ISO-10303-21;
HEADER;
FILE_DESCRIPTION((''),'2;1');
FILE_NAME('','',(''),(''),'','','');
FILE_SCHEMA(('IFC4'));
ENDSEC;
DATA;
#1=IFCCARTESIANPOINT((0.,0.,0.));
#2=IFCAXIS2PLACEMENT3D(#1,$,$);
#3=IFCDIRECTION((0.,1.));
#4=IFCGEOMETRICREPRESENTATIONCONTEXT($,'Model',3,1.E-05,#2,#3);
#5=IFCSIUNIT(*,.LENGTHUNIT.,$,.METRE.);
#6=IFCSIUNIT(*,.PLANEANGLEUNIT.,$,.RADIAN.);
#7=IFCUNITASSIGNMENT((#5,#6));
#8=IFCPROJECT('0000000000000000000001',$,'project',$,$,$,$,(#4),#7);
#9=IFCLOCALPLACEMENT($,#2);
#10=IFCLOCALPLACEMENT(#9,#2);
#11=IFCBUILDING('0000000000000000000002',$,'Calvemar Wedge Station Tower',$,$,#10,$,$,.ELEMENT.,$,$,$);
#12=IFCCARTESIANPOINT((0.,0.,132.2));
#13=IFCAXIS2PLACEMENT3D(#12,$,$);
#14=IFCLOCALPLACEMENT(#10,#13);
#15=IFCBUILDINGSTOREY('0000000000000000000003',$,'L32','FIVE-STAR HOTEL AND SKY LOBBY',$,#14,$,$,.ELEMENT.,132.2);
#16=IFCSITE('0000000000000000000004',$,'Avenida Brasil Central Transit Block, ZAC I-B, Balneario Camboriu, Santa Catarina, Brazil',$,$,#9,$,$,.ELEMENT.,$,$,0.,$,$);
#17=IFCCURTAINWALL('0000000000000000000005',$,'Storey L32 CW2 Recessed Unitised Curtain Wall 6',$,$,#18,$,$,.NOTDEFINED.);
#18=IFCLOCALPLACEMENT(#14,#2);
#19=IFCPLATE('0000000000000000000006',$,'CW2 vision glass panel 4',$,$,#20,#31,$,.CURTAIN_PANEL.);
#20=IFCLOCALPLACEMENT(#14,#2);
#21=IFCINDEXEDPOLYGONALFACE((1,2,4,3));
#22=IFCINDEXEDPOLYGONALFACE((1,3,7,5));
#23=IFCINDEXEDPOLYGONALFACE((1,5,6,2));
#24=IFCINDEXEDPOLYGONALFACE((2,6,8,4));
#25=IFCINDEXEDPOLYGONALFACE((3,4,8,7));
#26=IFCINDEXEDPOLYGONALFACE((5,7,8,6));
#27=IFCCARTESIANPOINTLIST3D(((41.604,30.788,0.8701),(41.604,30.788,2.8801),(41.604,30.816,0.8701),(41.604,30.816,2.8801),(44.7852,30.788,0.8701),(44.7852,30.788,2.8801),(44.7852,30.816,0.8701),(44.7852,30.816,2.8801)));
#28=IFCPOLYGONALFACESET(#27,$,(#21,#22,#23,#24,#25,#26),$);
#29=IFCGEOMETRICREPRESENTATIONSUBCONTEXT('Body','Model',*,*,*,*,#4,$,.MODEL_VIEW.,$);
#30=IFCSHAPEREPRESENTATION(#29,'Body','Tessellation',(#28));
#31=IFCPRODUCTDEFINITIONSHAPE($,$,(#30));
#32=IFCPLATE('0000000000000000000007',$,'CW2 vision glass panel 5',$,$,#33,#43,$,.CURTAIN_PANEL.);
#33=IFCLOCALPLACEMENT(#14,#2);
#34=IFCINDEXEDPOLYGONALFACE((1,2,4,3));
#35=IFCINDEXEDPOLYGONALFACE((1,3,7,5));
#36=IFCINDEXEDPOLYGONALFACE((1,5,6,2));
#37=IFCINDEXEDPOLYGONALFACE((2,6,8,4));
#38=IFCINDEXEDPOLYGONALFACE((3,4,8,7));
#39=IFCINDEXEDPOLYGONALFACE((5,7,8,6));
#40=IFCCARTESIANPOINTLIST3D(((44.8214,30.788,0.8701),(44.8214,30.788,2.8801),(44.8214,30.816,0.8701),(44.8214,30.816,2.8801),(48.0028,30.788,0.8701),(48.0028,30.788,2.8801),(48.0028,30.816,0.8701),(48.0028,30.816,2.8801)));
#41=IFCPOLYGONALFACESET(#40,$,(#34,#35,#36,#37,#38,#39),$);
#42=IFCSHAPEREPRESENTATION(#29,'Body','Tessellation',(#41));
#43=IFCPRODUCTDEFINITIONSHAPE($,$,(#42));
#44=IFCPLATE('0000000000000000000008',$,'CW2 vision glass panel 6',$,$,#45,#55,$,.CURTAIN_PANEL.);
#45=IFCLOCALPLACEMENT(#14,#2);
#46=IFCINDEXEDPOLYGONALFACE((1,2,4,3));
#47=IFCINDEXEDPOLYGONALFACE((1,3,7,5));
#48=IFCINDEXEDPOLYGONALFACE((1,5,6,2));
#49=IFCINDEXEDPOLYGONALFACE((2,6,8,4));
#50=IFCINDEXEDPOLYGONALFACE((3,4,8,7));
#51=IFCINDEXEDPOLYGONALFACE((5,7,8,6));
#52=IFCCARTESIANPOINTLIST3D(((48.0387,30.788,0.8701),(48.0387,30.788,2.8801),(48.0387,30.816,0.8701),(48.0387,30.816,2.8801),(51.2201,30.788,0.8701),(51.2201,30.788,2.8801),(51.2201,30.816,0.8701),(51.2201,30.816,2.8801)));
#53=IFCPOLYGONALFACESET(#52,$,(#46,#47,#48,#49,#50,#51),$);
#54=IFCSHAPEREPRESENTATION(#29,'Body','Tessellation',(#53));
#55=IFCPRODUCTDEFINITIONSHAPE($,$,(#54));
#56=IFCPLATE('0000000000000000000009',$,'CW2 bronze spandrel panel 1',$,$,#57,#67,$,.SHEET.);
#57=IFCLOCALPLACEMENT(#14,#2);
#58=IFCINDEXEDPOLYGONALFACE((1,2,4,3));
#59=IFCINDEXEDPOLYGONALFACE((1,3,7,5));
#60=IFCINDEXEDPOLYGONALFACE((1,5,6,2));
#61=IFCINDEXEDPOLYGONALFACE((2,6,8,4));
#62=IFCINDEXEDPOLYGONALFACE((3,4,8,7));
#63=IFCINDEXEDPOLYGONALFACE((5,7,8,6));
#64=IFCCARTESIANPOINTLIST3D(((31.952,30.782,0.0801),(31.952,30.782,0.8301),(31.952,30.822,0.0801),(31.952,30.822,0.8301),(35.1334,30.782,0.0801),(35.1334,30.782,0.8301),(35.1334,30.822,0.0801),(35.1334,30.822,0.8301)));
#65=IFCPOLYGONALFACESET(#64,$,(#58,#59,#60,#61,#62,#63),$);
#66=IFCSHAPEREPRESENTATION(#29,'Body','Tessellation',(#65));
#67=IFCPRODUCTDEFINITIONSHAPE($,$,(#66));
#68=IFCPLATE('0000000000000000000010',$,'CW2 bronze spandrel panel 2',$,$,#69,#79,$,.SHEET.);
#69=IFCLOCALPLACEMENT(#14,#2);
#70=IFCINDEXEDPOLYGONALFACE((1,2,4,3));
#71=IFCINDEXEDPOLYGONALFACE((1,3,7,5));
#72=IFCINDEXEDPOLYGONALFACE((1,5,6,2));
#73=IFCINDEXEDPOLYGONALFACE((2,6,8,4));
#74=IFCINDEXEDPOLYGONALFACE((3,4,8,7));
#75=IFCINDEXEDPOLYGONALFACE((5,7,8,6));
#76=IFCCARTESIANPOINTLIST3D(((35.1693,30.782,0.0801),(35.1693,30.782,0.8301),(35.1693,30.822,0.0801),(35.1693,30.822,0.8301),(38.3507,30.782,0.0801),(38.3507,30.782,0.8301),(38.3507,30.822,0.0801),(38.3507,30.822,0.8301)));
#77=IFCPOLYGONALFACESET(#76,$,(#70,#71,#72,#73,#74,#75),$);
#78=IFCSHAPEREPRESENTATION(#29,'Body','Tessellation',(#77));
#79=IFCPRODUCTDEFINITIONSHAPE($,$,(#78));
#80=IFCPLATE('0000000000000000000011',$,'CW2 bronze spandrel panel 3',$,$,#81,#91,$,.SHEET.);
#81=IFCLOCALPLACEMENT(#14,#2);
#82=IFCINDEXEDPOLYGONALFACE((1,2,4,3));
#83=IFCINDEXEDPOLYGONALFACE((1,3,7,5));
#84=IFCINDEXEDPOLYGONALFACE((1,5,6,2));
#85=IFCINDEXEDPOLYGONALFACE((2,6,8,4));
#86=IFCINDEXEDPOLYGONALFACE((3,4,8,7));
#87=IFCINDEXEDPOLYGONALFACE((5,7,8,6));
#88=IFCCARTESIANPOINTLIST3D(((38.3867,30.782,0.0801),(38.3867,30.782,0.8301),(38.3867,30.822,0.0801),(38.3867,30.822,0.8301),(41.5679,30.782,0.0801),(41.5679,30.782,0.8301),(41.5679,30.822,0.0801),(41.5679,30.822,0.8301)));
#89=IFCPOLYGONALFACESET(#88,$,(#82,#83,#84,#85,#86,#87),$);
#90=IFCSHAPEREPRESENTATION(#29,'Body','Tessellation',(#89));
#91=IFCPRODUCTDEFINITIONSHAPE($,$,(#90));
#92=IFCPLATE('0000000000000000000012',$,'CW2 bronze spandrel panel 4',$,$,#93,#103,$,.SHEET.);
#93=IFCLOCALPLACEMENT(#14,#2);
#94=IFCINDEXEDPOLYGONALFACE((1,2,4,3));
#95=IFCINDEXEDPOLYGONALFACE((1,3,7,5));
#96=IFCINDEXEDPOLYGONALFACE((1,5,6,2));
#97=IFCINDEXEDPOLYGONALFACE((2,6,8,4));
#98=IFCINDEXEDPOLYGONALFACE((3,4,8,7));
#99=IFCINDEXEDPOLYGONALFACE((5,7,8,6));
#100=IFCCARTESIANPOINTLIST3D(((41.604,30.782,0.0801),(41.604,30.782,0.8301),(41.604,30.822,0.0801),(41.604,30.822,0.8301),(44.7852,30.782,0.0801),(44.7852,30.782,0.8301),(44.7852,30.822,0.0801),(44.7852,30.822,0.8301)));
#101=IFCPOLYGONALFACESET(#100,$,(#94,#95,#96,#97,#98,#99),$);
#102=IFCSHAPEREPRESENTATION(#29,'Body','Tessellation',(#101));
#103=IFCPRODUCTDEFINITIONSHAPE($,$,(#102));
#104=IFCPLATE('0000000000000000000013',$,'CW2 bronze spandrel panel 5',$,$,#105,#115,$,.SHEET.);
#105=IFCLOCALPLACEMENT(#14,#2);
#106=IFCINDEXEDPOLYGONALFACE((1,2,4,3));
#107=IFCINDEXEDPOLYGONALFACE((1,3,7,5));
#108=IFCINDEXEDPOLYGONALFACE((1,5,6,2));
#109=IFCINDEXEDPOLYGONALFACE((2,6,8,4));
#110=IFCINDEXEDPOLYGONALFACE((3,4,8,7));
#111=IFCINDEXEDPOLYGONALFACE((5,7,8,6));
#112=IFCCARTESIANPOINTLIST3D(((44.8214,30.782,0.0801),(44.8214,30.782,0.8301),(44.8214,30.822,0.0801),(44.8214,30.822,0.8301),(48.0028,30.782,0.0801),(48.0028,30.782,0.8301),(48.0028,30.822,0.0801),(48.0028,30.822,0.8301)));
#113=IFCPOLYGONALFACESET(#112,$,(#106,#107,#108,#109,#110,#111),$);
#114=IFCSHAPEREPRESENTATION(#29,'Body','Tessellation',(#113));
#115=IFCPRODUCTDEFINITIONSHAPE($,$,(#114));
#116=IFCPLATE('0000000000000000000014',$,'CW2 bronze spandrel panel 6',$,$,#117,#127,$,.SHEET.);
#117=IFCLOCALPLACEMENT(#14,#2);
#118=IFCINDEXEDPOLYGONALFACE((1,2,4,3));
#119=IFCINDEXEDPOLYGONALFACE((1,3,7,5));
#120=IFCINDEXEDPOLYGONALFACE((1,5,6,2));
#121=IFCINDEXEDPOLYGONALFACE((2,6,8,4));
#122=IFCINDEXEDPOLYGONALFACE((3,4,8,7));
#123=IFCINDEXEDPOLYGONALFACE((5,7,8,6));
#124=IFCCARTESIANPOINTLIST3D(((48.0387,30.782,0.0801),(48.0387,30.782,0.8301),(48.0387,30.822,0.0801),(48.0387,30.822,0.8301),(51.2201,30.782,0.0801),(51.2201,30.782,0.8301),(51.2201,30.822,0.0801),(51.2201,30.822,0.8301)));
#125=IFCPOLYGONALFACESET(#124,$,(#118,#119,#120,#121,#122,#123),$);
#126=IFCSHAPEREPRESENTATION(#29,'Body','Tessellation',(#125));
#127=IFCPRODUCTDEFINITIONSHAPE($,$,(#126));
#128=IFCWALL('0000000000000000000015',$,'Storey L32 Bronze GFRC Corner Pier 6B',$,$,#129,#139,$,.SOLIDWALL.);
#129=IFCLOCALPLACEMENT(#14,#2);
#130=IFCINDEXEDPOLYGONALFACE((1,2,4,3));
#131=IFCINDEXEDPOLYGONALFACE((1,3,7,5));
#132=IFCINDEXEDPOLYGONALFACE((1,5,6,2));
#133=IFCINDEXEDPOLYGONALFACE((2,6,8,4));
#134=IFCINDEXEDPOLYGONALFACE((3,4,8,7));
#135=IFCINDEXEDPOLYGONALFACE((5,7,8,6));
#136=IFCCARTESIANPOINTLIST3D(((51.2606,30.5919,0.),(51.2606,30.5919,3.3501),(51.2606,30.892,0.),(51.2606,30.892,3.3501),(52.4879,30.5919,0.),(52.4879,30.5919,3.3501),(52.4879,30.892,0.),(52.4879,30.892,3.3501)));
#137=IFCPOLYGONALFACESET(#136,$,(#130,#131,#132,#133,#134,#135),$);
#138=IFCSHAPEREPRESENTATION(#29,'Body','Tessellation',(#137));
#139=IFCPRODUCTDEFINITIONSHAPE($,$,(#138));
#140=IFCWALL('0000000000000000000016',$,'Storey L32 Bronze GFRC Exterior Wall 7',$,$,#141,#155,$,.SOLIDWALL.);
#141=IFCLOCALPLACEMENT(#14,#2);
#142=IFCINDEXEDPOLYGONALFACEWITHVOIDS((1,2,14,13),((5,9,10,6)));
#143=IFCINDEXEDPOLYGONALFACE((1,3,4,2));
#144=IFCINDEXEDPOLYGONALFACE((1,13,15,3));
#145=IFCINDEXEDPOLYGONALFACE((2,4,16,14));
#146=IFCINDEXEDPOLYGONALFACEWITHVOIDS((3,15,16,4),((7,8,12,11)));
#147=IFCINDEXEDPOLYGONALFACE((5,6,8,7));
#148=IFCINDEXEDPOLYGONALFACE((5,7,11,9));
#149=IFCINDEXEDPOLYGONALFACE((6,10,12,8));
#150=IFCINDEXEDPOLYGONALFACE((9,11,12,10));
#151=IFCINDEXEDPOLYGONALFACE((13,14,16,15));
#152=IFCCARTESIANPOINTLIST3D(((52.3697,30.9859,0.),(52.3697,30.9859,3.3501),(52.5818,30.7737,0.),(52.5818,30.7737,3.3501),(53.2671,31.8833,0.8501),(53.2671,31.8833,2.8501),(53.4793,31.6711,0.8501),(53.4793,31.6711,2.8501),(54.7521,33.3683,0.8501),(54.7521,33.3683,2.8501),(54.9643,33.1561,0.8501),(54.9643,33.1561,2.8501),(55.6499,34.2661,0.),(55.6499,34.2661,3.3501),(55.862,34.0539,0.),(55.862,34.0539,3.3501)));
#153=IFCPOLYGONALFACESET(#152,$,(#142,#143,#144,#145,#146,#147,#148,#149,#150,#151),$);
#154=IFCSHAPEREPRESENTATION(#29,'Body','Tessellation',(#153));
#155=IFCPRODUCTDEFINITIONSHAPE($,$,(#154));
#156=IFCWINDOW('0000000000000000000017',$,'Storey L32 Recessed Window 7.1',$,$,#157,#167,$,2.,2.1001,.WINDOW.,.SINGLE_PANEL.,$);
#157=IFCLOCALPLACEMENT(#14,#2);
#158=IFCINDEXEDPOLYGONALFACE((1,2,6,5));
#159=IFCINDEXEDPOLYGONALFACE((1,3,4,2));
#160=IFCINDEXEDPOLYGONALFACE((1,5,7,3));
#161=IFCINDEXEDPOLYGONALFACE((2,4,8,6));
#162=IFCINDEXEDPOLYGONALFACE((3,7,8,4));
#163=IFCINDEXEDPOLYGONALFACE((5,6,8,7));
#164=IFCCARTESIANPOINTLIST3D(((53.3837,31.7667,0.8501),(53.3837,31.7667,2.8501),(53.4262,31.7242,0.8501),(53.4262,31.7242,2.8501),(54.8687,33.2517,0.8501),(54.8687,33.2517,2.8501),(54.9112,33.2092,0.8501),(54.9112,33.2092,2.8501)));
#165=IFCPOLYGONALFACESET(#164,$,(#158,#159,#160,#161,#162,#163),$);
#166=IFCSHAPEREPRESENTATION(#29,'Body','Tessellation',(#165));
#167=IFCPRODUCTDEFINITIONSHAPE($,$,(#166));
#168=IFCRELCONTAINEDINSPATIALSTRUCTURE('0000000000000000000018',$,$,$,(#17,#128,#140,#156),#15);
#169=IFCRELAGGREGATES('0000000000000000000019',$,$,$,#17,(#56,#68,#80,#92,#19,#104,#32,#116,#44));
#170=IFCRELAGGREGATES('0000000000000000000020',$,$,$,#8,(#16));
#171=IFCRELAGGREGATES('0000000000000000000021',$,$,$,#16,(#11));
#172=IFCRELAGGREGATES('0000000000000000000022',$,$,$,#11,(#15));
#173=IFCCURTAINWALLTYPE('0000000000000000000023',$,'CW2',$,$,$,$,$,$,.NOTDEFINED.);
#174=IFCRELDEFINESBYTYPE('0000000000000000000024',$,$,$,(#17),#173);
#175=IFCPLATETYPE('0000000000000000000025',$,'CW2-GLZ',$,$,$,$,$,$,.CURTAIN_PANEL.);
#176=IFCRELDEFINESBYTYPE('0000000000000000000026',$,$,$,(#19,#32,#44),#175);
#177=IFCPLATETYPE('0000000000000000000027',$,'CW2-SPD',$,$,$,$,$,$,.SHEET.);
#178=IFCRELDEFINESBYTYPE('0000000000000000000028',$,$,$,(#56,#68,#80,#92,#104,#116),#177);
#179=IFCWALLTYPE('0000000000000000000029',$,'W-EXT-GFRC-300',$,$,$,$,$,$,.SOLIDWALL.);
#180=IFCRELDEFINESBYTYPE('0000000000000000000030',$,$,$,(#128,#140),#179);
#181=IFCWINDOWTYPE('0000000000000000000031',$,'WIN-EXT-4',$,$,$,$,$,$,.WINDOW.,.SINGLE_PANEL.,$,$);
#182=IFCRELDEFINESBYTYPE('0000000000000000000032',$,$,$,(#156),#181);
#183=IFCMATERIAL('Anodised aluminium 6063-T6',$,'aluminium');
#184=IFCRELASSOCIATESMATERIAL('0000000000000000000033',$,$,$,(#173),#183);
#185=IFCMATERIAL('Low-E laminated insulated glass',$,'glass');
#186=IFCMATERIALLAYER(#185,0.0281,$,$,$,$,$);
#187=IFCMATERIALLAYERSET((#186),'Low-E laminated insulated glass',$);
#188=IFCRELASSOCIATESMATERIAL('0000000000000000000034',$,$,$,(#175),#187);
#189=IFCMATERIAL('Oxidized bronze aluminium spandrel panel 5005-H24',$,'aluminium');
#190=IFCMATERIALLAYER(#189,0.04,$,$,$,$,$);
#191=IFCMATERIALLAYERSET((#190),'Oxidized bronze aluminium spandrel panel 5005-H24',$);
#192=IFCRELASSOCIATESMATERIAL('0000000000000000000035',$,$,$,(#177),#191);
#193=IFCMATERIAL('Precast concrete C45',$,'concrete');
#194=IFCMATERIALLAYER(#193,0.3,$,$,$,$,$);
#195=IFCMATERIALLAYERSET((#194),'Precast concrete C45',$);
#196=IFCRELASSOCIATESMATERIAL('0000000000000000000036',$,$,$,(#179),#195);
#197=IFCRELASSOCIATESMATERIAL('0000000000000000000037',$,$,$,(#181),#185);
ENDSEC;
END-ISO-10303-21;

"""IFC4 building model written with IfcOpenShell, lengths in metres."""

from ifc_helpers import new_model, si_unit, direction, frame, frame_2d, origin, place, context, subcontext, project, spatial, rectangle, extrude, source, transform, mapped, material, layer, layer_set, type_object, element, fill, aggregate, save


model = new_model("IFC4")

# Units and contexts
model_context = context("Model", 3, precision=1e-05, world=origin(), true_north=direction((0.0, 1.0)))
body_context = subcontext(model_context, "Body", "Model", "MODEL_VIEW")
ifc_project = project(units=[si_unit("LENGTHUNIT", "METRE"), si_unit("PLANEANGLEUNIT", "RADIAN")], contexts=[model_context])

# Site, building, storey
site_placement = place(None, origin())
site = spatial("IfcSite", under=ifc_project, at=site_placement, Name="Avenida Brasil Central Transit Block, ZAC I-B, Balneario Camboriu, Santa Catarina, Brazil", CompositionType="ELEMENT", RefElevation=0.0)
building_placement = place(site_placement, origin())
building = spatial("IfcBuilding", under=site, at=building_placement, Name="Calvemar Wedge Station Tower", CompositionType="ELEMENT")
storey_placement = place(building_placement, frame((0.0, 0.0, 132.2)))
storey = spatial("IfcBuildingStorey", under=building, at=storey_placement, Name="L32", Description="FIVE-STAR HOTEL AND SKY LOBBY", CompositionType="ELEMENT", Elevation=132.2)

# Curtain wall, plates
ifc_material_1 = material(Name="Anodised aluminium 6063-T6", Category="aluminium")
curtain_wall_type = type_object("IfcCurtainWallType", Name="CW2", PredefinedType="NOTDEFINED", material=ifc_material_1)
curtain_wall_placement = place(storey_placement, origin())
curtain_wall = element("IfcCurtainWall", 1, at=curtain_wall_placement, inside=storey, type_object=curtain_wall_type, Name="Storey L32 CW2 Recessed Unitised Curtain Wall 6", PredefinedType="NOTDEFINED")
ifc_material_2 = material(Name="Low-E laminated insulated glass", Category="glass")
ifc_layer_1 = layer(ifc_material_2, 0.0281)
ifc_layer_set_1 = layer_set([ifc_layer_1], Name="Low-E laminated insulated glass")
plate_type_1 = type_object("IfcPlateType", Name="CW2-GLZ", PredefinedType="CURTAIN_PANEL", material=ifc_layer_set_1)
plate_1_placement = place(storey_placement, frame((41.604, 30.802, 0.8701), z_axis=(0.0, 0.0, 1.0), x_axis=(1.0, 0.0, 0.0)))
plate_1 = element("IfcPlate", 2, at=plate_1_placement, type_object=plate_type_1, Name="CW2 vision glass panel 4", PredefinedType="CURTAIN_PANEL", context=body_context, shape_type="SweptSolid", body=[
    extrude(rectangle(XDim=3.1812, YDim=0.0281, at=frame_2d((1.5906, 0.0))), origin(), (0.0, 0.0, 1.0), 2.01),
])
plate_2_placement = place(storey_placement, frame((44.8213, 30.802, 0.8701), z_axis=(0.0, 0.0, 1.0), x_axis=(1.0, 0.0, 0.0)))
plate_2 = element("IfcPlate", 3, at=plate_2_placement, type_object=plate_type_1, Name="CW2 vision glass panel 5", PredefinedType="CURTAIN_PANEL", context=body_context, shape_type="SweptSolid", body=[
    extrude(rectangle(XDim=3.1814, YDim=0.0281, at=frame_2d((1.5908, 0.0))), origin(), (0.0, 0.0, 1.0), 2.01),
])
plate_3_placement = place(storey_placement, frame((48.0386, 30.802, 0.8701), z_axis=(0.0, 0.0, 1.0), x_axis=(1.0, 0.0, 0.0)))
plate_3 = element("IfcPlate", 4, at=plate_3_placement, type_object=plate_type_1, Name="CW2 vision glass panel 6", PredefinedType="CURTAIN_PANEL", context=body_context, shape_type="SweptSolid", body=[
    extrude(rectangle(XDim=3.1814, YDim=0.0281, at=frame_2d((1.5908, 0.0))), origin(), (0.0, 0.0, 1.0), 2.01),
])
ifc_material_3 = material(Name="Oxidized bronze aluminium spandrel panel 5005-H24", Category="aluminium")
ifc_layer_2 = layer(ifc_material_3, 0.04)
ifc_layer_set_2 = layer_set([ifc_layer_2], Name="Oxidized bronze aluminium spandrel panel 5005-H24")
plate_type_2 = type_object("IfcPlateType", Name="CW2-SPD", PredefinedType="SHEET", material=ifc_layer_set_2)
plate_4_placement = place(storey_placement, frame((31.9519, 30.802, 0.0801), z_axis=(0.0, 0.0, 1.0), x_axis=(1.0, 0.0, 0.0)))
plate_4 = element("IfcPlate", 5, at=plate_4_placement, type_object=plate_type_2, Name="CW2 bronze spandrel panel 1", PredefinedType="SHEET", context=body_context, shape_type="SweptSolid", body=[
    extrude(rectangle(XDim=3.1814, YDim=0.04, at=frame_2d((1.5908, 0.0))), origin(), (0.0, 0.0, 1.0), 0.75),
])
plate_5_placement = place(storey_placement, frame((35.1692, 30.802, 0.0801), z_axis=(0.0, 0.0, 1.0), x_axis=(1.0, 0.0, 0.0)))
plate_5 = element("IfcPlate", 6, at=plate_5_placement, type_object=plate_type_2, Name="CW2 bronze spandrel panel 2", PredefinedType="SHEET", context=body_context, shape_type="SweptSolid", body=[
    extrude(rectangle(XDim=3.1814, YDim=0.04, at=frame_2d((1.5908, 0.0))), origin(), (0.0, 0.0, 1.0), 0.75),
])
plate_6_placement = place(storey_placement, frame((38.3867, 30.802, 0.0801), z_axis=(0.0, 0.0, 1.0), x_axis=(1.0, 0.0, 0.0)))
plate_6 = element("IfcPlate", 7, at=plate_6_placement, type_object=plate_type_2, Name="CW2 bronze spandrel panel 3", PredefinedType="SHEET", context=body_context, shape_type="SweptSolid", body=[
    extrude(rectangle(XDim=3.1812, YDim=0.04, at=frame_2d((1.5906, 0.0))), origin(), (0.0, 0.0, 1.0), 0.75),
])
plate_7_placement = place(storey_placement, frame((41.604, 30.802, 0.0801), z_axis=(0.0, 0.0, 1.0), x_axis=(1.0, 0.0, 0.0)))
plate_7 = element("IfcPlate", 8, at=plate_7_placement, type_object=plate_type_2, Name="CW2 bronze spandrel panel 4", PredefinedType="SHEET", context=body_context, shape_type="SweptSolid", body=[
    extrude(rectangle(XDim=3.1812, YDim=0.04, at=frame_2d((1.5906, 0.0))), origin(), (0.0, 0.0, 1.0), 0.75),
])
plate_8_placement = place(storey_placement, frame((44.8213, 30.802, 0.0801), z_axis=(0.0, 0.0, 1.0), x_axis=(1.0, 0.0, 0.0)))
plate_8 = element("IfcPlate", 9, at=plate_8_placement, type_object=plate_type_2, Name="CW2 bronze spandrel panel 5", PredefinedType="SHEET", context=body_context, shape_type="SweptSolid", body=[
    extrude(rectangle(XDim=3.1814, YDim=0.04, at=frame_2d((1.5908, 0.0))), origin(), (0.0, 0.0, 1.0), 0.75),
])
plate_9_placement = place(storey_placement, frame((48.0386, 30.802, 0.0801), z_axis=(0.0, 0.0, 1.0), x_axis=(1.0, 0.0, 0.0)))
plate_9 = element("IfcPlate", 10, at=plate_9_placement, type_object=plate_type_2, Name="CW2 bronze spandrel panel 6", PredefinedType="SHEET", context=body_context, shape_type="SweptSolid", body=[
    extrude(rectangle(XDim=3.1814, YDim=0.04, at=frame_2d((1.5908, 0.0))), origin(), (0.0, 0.0, 1.0), 0.75),
])
aggregate(curtain_wall, [plate_4, plate_5, plate_6, plate_7, plate_1, plate_8, plate_2, plate_9, plate_3])

# Wall
ifc_material_4 = material(Name="Precast concrete C45", Category="concrete")
ifc_layer_3 = layer(ifc_material_4, 0.3)
ifc_layer_set_3 = layer_set([ifc_layer_3], Name="Precast concrete C45")
wall_type = type_object("IfcWallType", Name="W-EXT-GFRC-300", PredefinedType="SOLIDWALL", material=ifc_layer_set_3)
wall_1_placement = place(storey_placement, frame((51.2605, 30.7419, 0.0), z_axis=(0.0, 0.0, 1.0), x_axis=(1.0, 0.0, 0.0)))
element("IfcWall", 11, at=wall_1_placement, inside=storey, type_object=wall_type, Name="Storey L32 Bronze GFRC Corner Pier 6B", PredefinedType="SOLIDWALL", context=body_context, shape_type="SweptSolid", body=[
    extrude(rectangle(XDim=1.2273, YDim=0.3, at=frame_2d((0.6138, 0.0))), origin(), (0.0, 0.0, 1.0), 3.3501),
])

# Wall, opening, window
wall_2_placement = place(storey_placement, frame((52.4758, 30.8799, 0.0), z_axis=(0.0, 0.0, 1.0), x_axis=(0.707107, 0.707107, 0.0)))
wall_2 = element("IfcWall", 12, at=wall_2_placement, inside=storey, type_object=wall_type, Name="Storey L32 Bronze GFRC Exterior Wall 7", PredefinedType="SOLIDWALL", context=body_context, shape_type="SweptSolid", body=[
    extrude(rectangle(XDim=4.6389, YDim=0.3, at=frame_2d((2.3193, 0.0))), origin(), (0.0, 0.0, 1.0), 3.3501),
])
shared_shape_1 = source(origin(), body_context, "Body", "SweptSolid", [
    extrude(rectangle(XDim=2.1001, YDim=2.0, at=frame_2d((1.05, 1.0))), frame((0.0, 0.1602, 0.0), z_axis=(0.0, -1.0, 0.0), x_axis=(1.0, 0.0, 0.0)), (0.0, 0.0, 1.0), 0.3201),
])
opening_placement = place(wall_2_placement, frame((1.269, 0.0, 0.8501)))
opening = element("IfcOpeningElement", 13, at=opening_placement, cuts=wall_2, PredefinedType="OPENING", context=body_context, shape_type="MappedRepresentation", body=[
    mapped(shared_shape_1, transform((0.0, 0.0, 0.0), scale=1.0)),
])
window_type = type_object("IfcWindowType", Name="WIN-EXT-4", PartitioningType="SINGLE_PANEL", PredefinedType="WINDOW", material=ifc_material_2)
shared_shape_2 = source(origin(), body_context, "Body", "SweptSolid", [
    extrude(rectangle(XDim=2.1001, YDim=2.0, at=frame_2d((1.05, 1.0))), frame((0.0, -0.0149, 0.0), z_axis=(0.0, -1.0, 0.0), x_axis=(1.0, 0.0, 0.0)), (0.0, 0.0, 1.0), 0.0601),
])
window_placement = place(opening_placement, origin())
window = element("IfcWindow", 14, at=window_placement, inside=storey, type_object=window_type, Name="Storey L32 Recessed Window 7.1", OverallHeight=2.0, OverallWidth=2.1001, PartitioningType="SINGLE_PANEL", PredefinedType="WINDOW", context=body_context, shape_type="MappedRepresentation", body=[
    mapped(shared_shape_2, transform((0.0, 0.0, 0.0), scale=1.0)),
])
fill(opening, window)

save(model, "model.ifc")
